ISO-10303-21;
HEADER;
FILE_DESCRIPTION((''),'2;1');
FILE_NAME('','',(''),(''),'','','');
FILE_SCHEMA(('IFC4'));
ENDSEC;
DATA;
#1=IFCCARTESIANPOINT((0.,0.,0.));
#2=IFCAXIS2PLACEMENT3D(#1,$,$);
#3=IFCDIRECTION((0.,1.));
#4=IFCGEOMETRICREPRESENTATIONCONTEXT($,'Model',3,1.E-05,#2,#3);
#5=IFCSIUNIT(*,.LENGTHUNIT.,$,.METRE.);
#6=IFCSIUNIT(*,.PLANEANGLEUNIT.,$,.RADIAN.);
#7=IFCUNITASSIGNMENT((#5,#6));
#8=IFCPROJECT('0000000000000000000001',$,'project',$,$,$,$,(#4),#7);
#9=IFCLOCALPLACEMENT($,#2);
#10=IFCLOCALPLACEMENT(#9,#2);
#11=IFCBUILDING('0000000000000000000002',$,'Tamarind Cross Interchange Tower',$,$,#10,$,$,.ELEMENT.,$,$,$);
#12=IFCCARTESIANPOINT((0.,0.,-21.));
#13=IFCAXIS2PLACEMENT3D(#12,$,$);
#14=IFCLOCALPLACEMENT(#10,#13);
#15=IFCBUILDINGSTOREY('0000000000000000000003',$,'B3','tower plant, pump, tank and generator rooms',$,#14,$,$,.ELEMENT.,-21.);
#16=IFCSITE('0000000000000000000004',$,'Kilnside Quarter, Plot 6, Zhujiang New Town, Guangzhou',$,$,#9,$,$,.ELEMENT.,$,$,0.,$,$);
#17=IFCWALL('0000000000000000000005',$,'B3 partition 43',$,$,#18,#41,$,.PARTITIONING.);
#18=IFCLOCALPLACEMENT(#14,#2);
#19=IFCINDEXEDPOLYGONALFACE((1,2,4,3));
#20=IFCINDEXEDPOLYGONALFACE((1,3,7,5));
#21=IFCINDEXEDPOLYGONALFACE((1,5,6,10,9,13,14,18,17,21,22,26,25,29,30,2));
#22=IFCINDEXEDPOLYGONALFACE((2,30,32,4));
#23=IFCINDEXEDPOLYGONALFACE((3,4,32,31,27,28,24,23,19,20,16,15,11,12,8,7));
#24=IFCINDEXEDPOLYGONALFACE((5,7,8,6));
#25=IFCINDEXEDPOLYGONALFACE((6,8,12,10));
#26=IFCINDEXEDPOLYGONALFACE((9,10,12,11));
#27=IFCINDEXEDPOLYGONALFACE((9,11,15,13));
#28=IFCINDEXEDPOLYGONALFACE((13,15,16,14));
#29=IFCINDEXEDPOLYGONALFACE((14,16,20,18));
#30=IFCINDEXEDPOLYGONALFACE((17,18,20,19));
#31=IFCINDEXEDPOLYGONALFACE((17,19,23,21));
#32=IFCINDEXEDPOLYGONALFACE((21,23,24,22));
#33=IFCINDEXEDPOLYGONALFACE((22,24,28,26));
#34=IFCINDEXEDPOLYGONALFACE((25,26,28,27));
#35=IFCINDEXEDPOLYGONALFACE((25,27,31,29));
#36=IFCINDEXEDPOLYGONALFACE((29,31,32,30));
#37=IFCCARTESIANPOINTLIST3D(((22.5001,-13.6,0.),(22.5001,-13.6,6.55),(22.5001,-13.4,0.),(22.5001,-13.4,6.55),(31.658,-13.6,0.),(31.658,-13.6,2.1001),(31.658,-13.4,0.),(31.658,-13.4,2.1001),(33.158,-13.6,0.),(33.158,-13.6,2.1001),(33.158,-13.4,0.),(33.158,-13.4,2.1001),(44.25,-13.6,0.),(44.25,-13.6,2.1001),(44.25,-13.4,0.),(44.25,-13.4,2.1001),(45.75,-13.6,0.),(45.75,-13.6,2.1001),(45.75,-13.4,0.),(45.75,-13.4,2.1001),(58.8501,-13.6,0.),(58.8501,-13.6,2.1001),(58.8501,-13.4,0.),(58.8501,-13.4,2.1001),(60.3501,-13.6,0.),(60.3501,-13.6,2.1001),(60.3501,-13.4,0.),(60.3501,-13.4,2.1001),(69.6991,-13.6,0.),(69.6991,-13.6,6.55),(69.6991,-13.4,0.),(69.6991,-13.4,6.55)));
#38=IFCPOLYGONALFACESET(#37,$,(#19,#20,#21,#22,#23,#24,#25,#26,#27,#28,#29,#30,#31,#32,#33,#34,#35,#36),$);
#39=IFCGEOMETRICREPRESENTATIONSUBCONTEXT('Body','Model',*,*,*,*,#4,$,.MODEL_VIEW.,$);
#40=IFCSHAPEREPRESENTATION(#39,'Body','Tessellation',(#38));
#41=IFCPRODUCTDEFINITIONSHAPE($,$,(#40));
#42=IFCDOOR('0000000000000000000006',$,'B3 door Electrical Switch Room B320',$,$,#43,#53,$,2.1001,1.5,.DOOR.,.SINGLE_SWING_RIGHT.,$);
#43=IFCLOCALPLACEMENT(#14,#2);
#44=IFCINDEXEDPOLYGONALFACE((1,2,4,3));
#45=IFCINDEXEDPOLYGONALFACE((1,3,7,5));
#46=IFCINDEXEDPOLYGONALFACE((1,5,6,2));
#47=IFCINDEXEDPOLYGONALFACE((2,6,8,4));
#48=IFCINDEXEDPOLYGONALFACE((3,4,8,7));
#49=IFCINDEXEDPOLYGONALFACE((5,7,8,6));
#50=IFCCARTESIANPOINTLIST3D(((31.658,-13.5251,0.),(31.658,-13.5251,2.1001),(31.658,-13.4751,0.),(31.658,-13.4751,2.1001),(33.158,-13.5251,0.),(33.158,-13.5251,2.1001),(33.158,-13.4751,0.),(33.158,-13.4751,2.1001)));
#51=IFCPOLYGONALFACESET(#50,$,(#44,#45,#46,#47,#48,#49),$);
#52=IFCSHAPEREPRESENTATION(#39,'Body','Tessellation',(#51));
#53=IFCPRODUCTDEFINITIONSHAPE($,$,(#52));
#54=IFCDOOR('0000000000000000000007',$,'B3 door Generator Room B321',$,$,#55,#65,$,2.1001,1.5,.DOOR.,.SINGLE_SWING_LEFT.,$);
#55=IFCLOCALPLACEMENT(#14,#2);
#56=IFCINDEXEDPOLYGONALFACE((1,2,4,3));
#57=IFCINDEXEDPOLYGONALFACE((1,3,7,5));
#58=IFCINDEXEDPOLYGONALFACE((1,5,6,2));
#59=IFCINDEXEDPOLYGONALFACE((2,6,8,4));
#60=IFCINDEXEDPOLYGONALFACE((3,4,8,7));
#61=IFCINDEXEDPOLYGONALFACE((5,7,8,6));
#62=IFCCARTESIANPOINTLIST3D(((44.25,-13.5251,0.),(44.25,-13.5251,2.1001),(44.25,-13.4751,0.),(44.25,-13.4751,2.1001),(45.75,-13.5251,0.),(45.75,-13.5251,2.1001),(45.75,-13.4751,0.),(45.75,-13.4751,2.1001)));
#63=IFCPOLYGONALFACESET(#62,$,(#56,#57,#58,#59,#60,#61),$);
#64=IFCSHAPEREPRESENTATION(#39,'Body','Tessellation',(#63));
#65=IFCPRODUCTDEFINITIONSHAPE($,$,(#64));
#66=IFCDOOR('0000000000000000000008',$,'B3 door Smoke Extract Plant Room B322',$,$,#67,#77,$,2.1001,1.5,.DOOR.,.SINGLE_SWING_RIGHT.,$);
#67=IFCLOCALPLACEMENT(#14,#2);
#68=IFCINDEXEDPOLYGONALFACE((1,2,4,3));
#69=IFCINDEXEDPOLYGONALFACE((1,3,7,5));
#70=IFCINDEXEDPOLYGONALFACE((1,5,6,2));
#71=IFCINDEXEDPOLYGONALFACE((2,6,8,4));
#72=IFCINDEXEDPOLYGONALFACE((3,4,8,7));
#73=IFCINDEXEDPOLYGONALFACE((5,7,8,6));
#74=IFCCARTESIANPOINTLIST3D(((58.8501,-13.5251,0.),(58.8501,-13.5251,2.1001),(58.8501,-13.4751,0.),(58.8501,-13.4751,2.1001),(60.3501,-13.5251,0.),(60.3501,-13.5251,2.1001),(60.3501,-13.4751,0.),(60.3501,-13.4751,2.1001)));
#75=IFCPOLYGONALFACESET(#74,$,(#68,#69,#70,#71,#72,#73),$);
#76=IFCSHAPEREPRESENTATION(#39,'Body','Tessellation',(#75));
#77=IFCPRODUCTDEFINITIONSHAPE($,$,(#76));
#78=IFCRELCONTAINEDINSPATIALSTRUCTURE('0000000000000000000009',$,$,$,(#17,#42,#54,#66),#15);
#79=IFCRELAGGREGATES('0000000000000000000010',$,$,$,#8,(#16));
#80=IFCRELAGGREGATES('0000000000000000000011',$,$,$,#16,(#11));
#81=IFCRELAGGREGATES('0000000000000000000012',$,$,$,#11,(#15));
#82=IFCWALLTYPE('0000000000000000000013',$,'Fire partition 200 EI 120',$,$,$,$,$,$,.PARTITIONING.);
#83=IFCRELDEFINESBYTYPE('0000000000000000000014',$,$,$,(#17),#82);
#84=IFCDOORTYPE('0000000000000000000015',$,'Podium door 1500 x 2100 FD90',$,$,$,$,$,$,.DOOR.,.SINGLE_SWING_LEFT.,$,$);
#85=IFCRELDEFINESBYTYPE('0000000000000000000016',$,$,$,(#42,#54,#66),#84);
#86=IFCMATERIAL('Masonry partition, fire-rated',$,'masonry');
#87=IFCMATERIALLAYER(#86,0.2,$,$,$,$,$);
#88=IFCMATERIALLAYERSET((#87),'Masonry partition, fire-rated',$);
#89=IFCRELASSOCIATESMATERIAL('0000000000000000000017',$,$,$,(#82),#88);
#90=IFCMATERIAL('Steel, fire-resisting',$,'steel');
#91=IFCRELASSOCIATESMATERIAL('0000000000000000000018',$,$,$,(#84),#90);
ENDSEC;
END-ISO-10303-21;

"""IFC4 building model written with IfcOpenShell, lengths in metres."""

from ifc_helpers import new_model, si_unit, direction, frame, frame_2d, origin, place, context, subcontext, project, spatial, rectangle, extrude, material, layer, layer_set, type_object, element, fill, save


model = new_model("IFC4")

# Units and contexts
model_context = context("Model", 3, precision=1e-05, world=origin(), true_north=direction((0.0, 1.0)))
body_context = subcontext(model_context, "Body", "Model", "MODEL_VIEW")
ifc_project = project(units=[si_unit("LENGTHUNIT", "METRE"), si_unit("PLANEANGLEUNIT", "RADIAN")], contexts=[model_context])

# Site, building, storey
site_placement = place(None, origin())
site = spatial("IfcSite", under=ifc_project, at=site_placement, Name="Kilnside Quarter, Plot 6, Zhujiang New Town, Guangzhou", CompositionType="ELEMENT", RefElevation=0.0)
building_placement = place(site_placement, origin())
building = spatial("IfcBuilding", under=site, at=building_placement, Name="Tamarind Cross Interchange Tower", CompositionType="ELEMENT")
storey_placement = place(building_placement, frame((0.0, 0.0, -21.0)))
storey = spatial("IfcBuildingStorey", under=building, at=storey_placement, Name="B3", Description="tower plant, pump, tank and generator rooms", CompositionType="ELEMENT", Elevation=-21.0)

# Wall, openings, doors
ifc_material_1 = material(Name="Masonry partition, fire-rated", Category="masonry")
ifc_layer = layer(ifc_material_1, 0.2)
ifc_layer_set = layer_set([ifc_layer], Name="Masonry partition, fire-rated")
wall_type = type_object("IfcWallType", Name="Fire partition 200 EI 120", PredefinedType="PARTITIONING", material=ifc_layer_set)
wall_placement = place(storey_placement, frame((22.5, -13.5, 0.0), z_axis=(0.0, 0.0, 1.0), x_axis=(1.0, 0.0, 0.0)))
wall = element("IfcWall", 1, at=wall_placement, inside=storey, type_object=wall_type, Name="B3 partition 43", PredefinedType="PARTITIONING", context=body_context, shape_type="SweptSolid", body=[
    extrude(rectangle(XDim=47.199, YDim=0.2, at=frame_2d((23.5996, 0.0))), origin(), (0.0, 0.0, 1.0), 6.55),
])
opening_1_placement = place(wall_placement, frame((9.158, 0.0, 0.0)))
opening_1 = element("IfcOpeningElement", 2, at=opening_1_placement, cuts=wall, PredefinedType="OPENING", context=body_context, shape_type="SweptSolid", body=[
    extrude(rectangle(XDim=1.5, YDim=2.1001, at=frame_2d((0.75, 1.05))), frame((0.0, 0.1099, 0.0), z_axis=(0.0, -1.0, 0.0), x_axis=(1.0, 0.0, 0.0)), (0.0, 0.0, 1.0), 0.22),
])
opening_2_placement = place(wall_placement, frame((21.75, 0.0, 0.0)))
opening_2 = element("IfcOpeningElement", 3, at=opening_2_placement, cuts=wall, PredefinedType="OPENING", context=body_context, shape_type="SweptSolid", body=[
    extrude(rectangle(XDim=1.5, YDim=2.1001, at=frame_2d((0.75, 1.05))), frame((0.0, 0.1099, 0.0), z_axis=(0.0, -1.0, 0.0), x_axis=(1.0, 0.0, 0.0)), (0.0, 0.0, 1.0), 0.22),
])
opening_3_placement = place(wall_placement, frame((36.3501, 0.0, 0.0)))
opening_3 = element("IfcOpeningElement", 4, at=opening_3_placement, cuts=wall, PredefinedType="OPENING", context=body_context, shape_type="SweptSolid", body=[
    extrude(rectangle(XDim=1.5, YDim=2.1001, at=frame_2d((0.75, 1.05))), frame((0.0, 0.1099, 0.0), z_axis=(0.0, -1.0, 0.0), x_axis=(1.0, 0.0, 0.0)), (0.0, 0.0, 1.0), 0.22),
])
ifc_material_2 = material(Name="Steel, fire-resisting", Category="steel")
door_type = type_object("IfcDoorType", Name="Podium door 1500 x 2100 FD90", OperationType="SINGLE_SWING_LEFT", PredefinedType="DOOR", material=ifc_material_2)
door_1_placement = place(opening_1_placement, origin())
door_1 = element("IfcDoor", 5, at=door_1_placement, inside=storey, type_object=door_type, Name="B3 door Electrical Switch Room B320", OperationType="SINGLE_SWING_RIGHT", OverallHeight=2.1001, OverallWidth=1.5, PredefinedType="DOOR", context=body_context, shape_type="SweptSolid", body=[
    extrude(rectangle(XDim=1.5, YDim=2.1001, at=frame_2d((0.75, 1.05))), frame((0.0, 0.0249, 0.0), z_axis=(0.0, -1.0, 0.0), x_axis=(1.0, 0.0, 0.0)), (0.0, 0.0, 1.0), 0.05),
])
fill(opening_1, door_1)
door_2_placement = place(opening_2_placement, origin())
door_2 = element("IfcDoor", 6, at=door_2_placement, inside=storey, type_object=door_type, Name="B3 door Generator Room B321", OperationType="SINGLE_SWING_LEFT", OverallHeight=2.1001, OverallWidth=1.5, PredefinedType="DOOR", context=body_context, shape_type="SweptSolid", body=[
    extrude(rectangle(XDim=1.5, YDim=2.1001, at=frame_2d((0.75, 1.05))), frame((0.0, 0.0249, 0.0), z_axis=(0.0, -1.0, 0.0), x_axis=(1.0, 0.0, 0.0)), (0.0, 0.0, 1.0), 0.05),
])
fill(opening_2, door_2)
door_3_placement = place(opening_3_placement, origin())
door_3 = element("IfcDoor", 7, at=door_3_placement, inside=storey, type_object=door_type, Name="B3 door Smoke Extract Plant Room B322", OperationType="SINGLE_SWING_RIGHT", OverallHeight=2.1001, OverallWidth=1.5, PredefinedType="DOOR", context=body_context, shape_type="SweptSolid", body=[
    extrude(rectangle(XDim=1.5, YDim=2.1001, at=frame_2d((0.75, 1.05))), frame((0.0, 0.0249, 0.0), z_axis=(0.0, -1.0, 0.0), x_axis=(1.0, 0.0, 0.0)), (0.0, 0.0, 1.0), 0.05),
])
fill(opening_3, door_3)

save(model, "model.ifc")
